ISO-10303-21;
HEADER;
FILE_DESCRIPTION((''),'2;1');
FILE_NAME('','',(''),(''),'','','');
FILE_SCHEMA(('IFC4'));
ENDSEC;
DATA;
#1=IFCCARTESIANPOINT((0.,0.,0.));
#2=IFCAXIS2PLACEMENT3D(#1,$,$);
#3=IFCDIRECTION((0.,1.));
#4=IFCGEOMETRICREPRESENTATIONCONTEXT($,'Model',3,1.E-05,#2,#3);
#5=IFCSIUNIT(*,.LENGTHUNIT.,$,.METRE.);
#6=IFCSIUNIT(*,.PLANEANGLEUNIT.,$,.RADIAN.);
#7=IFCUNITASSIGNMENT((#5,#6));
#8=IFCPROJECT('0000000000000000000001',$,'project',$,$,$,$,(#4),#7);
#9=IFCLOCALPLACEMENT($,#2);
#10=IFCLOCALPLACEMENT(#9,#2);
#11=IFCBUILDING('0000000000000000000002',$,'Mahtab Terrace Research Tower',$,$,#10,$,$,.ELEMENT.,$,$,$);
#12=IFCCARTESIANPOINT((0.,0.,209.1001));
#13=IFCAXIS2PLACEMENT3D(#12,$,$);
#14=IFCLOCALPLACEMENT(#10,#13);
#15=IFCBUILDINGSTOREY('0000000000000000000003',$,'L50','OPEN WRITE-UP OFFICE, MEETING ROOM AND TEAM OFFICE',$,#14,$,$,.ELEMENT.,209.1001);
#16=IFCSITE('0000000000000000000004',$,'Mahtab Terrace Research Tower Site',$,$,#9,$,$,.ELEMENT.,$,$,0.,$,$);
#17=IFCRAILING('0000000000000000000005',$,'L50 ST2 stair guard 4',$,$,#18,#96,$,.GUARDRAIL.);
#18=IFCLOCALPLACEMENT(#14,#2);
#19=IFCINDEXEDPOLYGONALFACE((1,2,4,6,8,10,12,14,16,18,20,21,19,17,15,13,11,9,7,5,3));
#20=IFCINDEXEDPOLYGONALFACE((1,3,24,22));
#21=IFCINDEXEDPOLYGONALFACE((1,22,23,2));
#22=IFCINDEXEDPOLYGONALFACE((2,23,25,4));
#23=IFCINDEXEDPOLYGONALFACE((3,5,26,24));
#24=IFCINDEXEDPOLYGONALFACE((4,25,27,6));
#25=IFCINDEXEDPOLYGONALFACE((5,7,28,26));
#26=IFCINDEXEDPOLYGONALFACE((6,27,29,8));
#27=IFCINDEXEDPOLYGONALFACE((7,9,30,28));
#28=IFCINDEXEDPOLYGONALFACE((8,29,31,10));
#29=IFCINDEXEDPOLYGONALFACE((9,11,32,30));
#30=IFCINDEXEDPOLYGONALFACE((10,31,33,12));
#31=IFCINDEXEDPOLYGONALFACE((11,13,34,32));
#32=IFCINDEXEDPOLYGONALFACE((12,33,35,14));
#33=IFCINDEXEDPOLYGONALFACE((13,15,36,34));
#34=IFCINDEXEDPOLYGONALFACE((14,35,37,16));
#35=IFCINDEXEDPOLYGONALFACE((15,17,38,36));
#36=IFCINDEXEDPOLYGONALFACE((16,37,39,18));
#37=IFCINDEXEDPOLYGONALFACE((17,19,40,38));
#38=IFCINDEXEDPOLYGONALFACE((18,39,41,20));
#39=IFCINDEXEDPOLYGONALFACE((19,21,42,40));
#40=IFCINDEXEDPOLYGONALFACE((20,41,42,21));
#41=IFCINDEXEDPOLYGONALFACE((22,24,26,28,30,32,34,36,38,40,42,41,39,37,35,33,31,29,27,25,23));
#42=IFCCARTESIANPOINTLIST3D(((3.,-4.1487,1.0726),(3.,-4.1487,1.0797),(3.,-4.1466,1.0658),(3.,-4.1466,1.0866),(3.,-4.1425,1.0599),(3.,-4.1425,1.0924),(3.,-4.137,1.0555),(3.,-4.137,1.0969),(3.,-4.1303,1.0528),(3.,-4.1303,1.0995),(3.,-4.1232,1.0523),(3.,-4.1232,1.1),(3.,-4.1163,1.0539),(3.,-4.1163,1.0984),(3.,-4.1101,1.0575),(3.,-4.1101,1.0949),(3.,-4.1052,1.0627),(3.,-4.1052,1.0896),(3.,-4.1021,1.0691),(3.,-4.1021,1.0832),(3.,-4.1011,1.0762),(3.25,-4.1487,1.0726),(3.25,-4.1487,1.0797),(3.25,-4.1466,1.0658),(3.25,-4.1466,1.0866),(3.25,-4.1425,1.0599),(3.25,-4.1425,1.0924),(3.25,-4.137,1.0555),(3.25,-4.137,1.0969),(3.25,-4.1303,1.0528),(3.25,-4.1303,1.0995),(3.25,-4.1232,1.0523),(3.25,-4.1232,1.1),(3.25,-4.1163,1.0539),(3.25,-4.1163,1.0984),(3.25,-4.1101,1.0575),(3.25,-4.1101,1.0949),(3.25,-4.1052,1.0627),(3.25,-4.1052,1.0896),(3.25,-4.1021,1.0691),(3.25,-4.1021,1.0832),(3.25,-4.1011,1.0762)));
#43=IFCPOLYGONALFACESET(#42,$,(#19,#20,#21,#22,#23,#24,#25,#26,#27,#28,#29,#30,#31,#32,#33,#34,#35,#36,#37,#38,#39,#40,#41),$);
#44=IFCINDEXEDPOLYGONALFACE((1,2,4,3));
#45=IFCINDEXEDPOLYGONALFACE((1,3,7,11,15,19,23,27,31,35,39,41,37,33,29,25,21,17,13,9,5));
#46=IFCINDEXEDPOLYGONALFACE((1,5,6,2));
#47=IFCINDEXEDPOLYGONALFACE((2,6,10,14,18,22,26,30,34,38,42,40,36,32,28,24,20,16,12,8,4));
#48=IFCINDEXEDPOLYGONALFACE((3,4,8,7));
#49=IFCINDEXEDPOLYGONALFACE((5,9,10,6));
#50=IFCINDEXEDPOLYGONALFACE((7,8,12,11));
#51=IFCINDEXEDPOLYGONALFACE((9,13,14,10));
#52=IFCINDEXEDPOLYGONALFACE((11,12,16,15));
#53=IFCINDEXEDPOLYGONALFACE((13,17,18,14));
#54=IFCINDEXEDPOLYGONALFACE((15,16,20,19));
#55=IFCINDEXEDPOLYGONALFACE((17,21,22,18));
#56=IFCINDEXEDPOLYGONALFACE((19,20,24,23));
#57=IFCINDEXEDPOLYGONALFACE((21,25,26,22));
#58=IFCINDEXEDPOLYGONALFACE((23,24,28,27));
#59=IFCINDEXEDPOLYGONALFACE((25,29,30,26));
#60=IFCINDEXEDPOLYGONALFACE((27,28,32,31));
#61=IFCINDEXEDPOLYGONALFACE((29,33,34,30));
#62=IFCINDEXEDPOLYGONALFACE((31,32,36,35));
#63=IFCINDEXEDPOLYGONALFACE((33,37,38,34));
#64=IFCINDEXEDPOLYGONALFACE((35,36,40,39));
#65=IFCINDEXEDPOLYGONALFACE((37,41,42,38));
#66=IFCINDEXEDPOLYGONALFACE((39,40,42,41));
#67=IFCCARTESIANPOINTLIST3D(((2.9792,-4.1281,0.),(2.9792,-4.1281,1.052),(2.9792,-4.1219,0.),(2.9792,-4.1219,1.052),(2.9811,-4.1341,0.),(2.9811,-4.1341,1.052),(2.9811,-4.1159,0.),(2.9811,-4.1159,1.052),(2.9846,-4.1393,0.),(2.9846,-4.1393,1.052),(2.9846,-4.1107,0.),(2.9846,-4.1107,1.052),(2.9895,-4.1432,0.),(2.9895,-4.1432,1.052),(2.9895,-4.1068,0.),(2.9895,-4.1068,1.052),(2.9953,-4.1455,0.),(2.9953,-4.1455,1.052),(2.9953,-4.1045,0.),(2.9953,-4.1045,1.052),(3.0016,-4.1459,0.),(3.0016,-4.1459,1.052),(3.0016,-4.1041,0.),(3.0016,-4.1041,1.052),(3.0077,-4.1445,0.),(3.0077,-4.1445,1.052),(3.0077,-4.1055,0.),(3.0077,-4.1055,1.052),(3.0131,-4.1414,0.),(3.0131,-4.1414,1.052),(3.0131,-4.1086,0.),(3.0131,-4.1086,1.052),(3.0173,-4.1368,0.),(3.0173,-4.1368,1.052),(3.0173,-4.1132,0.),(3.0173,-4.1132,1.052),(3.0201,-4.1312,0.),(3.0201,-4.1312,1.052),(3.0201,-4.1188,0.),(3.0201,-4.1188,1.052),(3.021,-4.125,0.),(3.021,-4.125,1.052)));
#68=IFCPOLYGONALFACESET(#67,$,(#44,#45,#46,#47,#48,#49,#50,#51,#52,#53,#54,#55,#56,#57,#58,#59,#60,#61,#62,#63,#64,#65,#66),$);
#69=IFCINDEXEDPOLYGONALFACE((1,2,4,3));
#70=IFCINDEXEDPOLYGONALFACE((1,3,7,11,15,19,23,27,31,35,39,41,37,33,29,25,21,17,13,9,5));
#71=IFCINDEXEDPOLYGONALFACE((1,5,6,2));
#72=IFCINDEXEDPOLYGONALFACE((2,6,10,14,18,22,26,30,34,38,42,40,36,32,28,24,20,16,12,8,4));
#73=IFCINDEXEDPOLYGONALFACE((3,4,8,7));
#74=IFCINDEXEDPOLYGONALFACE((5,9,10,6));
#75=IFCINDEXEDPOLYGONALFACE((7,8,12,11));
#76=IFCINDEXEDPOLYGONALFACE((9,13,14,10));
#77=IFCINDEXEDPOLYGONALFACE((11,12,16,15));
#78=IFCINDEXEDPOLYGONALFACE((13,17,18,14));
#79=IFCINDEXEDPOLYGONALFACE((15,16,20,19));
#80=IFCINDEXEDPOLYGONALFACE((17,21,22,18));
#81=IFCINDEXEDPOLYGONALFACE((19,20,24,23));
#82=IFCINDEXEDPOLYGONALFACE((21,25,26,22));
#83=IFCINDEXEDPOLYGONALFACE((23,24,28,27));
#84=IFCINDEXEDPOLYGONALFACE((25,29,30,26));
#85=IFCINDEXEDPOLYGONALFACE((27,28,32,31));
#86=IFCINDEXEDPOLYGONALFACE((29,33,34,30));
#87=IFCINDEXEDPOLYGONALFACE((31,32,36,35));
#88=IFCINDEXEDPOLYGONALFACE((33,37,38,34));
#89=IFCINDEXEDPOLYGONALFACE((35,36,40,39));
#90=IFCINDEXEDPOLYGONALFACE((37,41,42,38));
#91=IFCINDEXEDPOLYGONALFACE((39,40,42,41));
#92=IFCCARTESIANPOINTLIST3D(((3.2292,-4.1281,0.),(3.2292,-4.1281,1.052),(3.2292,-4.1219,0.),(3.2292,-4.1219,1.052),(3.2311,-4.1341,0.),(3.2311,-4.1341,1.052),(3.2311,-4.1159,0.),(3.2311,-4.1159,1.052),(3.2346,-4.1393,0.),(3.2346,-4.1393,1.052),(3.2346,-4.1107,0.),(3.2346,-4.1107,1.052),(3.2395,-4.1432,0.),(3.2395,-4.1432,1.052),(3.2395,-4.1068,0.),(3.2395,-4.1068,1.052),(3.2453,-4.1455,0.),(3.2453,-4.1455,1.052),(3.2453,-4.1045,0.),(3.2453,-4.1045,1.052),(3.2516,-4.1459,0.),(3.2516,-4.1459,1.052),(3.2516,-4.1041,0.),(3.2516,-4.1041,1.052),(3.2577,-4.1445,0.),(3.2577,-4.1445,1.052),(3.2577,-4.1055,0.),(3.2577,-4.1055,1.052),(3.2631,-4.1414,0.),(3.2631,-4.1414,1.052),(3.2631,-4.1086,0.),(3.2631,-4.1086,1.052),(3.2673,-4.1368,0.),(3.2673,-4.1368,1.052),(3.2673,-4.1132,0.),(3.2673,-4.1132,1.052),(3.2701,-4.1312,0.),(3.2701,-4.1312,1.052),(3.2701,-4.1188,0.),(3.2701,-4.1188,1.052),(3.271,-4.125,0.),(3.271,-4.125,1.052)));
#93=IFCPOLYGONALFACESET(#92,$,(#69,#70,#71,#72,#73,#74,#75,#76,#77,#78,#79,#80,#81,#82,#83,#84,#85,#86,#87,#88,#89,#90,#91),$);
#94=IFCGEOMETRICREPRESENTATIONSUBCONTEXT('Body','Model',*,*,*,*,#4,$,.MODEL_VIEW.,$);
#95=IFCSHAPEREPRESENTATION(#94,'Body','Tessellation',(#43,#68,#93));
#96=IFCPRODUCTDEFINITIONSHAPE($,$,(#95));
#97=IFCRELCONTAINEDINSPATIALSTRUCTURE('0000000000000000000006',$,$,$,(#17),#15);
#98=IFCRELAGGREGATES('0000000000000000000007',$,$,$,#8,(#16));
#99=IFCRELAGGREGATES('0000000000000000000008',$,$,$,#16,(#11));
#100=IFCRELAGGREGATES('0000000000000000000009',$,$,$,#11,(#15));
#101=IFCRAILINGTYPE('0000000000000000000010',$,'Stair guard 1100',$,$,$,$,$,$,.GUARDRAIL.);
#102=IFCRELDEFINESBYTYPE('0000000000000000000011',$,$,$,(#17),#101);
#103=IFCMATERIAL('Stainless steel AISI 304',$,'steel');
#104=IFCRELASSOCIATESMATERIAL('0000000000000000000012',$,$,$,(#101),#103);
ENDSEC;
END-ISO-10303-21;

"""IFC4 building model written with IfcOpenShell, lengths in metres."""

from ifc_helpers import new_model, si_unit, direction, frame, origin, origin_2d, place, context, subcontext, project, spatial, circle, extrude, material, type_object, element, save


model = new_model("IFC4")

# Units and contexts
model_context = context("Model", 3, precision=1e-05, world=origin(), true_north=direction((0.0, 1.0)))
body_context = subcontext(model_context, "Body", "Model", "MODEL_VIEW")
ifc_project = project(units=[si_unit("LENGTHUNIT", "METRE"), si_unit("PLANEANGLEUNIT", "RADIAN")], contexts=[model_context])

# Site, building, storey
site_placement = place(None, origin())
site = spatial("IfcSite", under=ifc_project, at=site_placement, Name="Mahtab Terrace Research Tower Site", CompositionType="ELEMENT", RefElevation=0.0)
building_placement = place(site_placement, origin())
building = spatial("IfcBuilding", under=site, at=building_placement, Name="Mahtab Terrace Research Tower", CompositionType="ELEMENT")
storey_placement = place(building_placement, frame((0.0, 0.0, 209.1001)))
storey = spatial("IfcBuildingStorey", under=building, at=storey_placement, Name="L50", Description="OPEN WRITE-UP OFFICE, MEETING ROOM AND TEAM OFFICE", CompositionType="ELEMENT", Elevation=209.1001)

# Railing
ifc_material_1 = material(Name="Stainless steel AISI 304", Category="steel")
railing_type_1 = type_object("IfcRailingType", Name="Stair guard 1100", PredefinedType="GUARDRAIL", material=ifc_material_1)
railing_1_placement = place(storey_placement, frame((3.0, -4.125, 0.0)))
element("IfcRailing", 1, at=railing_1_placement, inside=storey, type_object=railing_type_1, Name="L50 ST2 stair guard 4", PredefinedType="GUARDRAIL", context=body_context, shape_type="SweptSolid", body=[
    extrude(circle(Radius=0.0239, at=origin_2d()), frame((0.0, 0.0, 1.0762), z_axis=(1.0, 0.0, 0.0), x_axis=(0.0, 1.0, 0.0)), (0.0, 0.0, 1.0), 0.25),
    extrude(circle(Radius=0.021, at=origin_2d()), origin(), (0.0, 0.0, 1.0), 1.052),
    extrude(circle(Radius=0.021, at=origin_2d()), frame((0.25, 0.0, 0.0)), (0.0, 0.0, 1.0), 1.052),
])

save(model, "model.ifc")
